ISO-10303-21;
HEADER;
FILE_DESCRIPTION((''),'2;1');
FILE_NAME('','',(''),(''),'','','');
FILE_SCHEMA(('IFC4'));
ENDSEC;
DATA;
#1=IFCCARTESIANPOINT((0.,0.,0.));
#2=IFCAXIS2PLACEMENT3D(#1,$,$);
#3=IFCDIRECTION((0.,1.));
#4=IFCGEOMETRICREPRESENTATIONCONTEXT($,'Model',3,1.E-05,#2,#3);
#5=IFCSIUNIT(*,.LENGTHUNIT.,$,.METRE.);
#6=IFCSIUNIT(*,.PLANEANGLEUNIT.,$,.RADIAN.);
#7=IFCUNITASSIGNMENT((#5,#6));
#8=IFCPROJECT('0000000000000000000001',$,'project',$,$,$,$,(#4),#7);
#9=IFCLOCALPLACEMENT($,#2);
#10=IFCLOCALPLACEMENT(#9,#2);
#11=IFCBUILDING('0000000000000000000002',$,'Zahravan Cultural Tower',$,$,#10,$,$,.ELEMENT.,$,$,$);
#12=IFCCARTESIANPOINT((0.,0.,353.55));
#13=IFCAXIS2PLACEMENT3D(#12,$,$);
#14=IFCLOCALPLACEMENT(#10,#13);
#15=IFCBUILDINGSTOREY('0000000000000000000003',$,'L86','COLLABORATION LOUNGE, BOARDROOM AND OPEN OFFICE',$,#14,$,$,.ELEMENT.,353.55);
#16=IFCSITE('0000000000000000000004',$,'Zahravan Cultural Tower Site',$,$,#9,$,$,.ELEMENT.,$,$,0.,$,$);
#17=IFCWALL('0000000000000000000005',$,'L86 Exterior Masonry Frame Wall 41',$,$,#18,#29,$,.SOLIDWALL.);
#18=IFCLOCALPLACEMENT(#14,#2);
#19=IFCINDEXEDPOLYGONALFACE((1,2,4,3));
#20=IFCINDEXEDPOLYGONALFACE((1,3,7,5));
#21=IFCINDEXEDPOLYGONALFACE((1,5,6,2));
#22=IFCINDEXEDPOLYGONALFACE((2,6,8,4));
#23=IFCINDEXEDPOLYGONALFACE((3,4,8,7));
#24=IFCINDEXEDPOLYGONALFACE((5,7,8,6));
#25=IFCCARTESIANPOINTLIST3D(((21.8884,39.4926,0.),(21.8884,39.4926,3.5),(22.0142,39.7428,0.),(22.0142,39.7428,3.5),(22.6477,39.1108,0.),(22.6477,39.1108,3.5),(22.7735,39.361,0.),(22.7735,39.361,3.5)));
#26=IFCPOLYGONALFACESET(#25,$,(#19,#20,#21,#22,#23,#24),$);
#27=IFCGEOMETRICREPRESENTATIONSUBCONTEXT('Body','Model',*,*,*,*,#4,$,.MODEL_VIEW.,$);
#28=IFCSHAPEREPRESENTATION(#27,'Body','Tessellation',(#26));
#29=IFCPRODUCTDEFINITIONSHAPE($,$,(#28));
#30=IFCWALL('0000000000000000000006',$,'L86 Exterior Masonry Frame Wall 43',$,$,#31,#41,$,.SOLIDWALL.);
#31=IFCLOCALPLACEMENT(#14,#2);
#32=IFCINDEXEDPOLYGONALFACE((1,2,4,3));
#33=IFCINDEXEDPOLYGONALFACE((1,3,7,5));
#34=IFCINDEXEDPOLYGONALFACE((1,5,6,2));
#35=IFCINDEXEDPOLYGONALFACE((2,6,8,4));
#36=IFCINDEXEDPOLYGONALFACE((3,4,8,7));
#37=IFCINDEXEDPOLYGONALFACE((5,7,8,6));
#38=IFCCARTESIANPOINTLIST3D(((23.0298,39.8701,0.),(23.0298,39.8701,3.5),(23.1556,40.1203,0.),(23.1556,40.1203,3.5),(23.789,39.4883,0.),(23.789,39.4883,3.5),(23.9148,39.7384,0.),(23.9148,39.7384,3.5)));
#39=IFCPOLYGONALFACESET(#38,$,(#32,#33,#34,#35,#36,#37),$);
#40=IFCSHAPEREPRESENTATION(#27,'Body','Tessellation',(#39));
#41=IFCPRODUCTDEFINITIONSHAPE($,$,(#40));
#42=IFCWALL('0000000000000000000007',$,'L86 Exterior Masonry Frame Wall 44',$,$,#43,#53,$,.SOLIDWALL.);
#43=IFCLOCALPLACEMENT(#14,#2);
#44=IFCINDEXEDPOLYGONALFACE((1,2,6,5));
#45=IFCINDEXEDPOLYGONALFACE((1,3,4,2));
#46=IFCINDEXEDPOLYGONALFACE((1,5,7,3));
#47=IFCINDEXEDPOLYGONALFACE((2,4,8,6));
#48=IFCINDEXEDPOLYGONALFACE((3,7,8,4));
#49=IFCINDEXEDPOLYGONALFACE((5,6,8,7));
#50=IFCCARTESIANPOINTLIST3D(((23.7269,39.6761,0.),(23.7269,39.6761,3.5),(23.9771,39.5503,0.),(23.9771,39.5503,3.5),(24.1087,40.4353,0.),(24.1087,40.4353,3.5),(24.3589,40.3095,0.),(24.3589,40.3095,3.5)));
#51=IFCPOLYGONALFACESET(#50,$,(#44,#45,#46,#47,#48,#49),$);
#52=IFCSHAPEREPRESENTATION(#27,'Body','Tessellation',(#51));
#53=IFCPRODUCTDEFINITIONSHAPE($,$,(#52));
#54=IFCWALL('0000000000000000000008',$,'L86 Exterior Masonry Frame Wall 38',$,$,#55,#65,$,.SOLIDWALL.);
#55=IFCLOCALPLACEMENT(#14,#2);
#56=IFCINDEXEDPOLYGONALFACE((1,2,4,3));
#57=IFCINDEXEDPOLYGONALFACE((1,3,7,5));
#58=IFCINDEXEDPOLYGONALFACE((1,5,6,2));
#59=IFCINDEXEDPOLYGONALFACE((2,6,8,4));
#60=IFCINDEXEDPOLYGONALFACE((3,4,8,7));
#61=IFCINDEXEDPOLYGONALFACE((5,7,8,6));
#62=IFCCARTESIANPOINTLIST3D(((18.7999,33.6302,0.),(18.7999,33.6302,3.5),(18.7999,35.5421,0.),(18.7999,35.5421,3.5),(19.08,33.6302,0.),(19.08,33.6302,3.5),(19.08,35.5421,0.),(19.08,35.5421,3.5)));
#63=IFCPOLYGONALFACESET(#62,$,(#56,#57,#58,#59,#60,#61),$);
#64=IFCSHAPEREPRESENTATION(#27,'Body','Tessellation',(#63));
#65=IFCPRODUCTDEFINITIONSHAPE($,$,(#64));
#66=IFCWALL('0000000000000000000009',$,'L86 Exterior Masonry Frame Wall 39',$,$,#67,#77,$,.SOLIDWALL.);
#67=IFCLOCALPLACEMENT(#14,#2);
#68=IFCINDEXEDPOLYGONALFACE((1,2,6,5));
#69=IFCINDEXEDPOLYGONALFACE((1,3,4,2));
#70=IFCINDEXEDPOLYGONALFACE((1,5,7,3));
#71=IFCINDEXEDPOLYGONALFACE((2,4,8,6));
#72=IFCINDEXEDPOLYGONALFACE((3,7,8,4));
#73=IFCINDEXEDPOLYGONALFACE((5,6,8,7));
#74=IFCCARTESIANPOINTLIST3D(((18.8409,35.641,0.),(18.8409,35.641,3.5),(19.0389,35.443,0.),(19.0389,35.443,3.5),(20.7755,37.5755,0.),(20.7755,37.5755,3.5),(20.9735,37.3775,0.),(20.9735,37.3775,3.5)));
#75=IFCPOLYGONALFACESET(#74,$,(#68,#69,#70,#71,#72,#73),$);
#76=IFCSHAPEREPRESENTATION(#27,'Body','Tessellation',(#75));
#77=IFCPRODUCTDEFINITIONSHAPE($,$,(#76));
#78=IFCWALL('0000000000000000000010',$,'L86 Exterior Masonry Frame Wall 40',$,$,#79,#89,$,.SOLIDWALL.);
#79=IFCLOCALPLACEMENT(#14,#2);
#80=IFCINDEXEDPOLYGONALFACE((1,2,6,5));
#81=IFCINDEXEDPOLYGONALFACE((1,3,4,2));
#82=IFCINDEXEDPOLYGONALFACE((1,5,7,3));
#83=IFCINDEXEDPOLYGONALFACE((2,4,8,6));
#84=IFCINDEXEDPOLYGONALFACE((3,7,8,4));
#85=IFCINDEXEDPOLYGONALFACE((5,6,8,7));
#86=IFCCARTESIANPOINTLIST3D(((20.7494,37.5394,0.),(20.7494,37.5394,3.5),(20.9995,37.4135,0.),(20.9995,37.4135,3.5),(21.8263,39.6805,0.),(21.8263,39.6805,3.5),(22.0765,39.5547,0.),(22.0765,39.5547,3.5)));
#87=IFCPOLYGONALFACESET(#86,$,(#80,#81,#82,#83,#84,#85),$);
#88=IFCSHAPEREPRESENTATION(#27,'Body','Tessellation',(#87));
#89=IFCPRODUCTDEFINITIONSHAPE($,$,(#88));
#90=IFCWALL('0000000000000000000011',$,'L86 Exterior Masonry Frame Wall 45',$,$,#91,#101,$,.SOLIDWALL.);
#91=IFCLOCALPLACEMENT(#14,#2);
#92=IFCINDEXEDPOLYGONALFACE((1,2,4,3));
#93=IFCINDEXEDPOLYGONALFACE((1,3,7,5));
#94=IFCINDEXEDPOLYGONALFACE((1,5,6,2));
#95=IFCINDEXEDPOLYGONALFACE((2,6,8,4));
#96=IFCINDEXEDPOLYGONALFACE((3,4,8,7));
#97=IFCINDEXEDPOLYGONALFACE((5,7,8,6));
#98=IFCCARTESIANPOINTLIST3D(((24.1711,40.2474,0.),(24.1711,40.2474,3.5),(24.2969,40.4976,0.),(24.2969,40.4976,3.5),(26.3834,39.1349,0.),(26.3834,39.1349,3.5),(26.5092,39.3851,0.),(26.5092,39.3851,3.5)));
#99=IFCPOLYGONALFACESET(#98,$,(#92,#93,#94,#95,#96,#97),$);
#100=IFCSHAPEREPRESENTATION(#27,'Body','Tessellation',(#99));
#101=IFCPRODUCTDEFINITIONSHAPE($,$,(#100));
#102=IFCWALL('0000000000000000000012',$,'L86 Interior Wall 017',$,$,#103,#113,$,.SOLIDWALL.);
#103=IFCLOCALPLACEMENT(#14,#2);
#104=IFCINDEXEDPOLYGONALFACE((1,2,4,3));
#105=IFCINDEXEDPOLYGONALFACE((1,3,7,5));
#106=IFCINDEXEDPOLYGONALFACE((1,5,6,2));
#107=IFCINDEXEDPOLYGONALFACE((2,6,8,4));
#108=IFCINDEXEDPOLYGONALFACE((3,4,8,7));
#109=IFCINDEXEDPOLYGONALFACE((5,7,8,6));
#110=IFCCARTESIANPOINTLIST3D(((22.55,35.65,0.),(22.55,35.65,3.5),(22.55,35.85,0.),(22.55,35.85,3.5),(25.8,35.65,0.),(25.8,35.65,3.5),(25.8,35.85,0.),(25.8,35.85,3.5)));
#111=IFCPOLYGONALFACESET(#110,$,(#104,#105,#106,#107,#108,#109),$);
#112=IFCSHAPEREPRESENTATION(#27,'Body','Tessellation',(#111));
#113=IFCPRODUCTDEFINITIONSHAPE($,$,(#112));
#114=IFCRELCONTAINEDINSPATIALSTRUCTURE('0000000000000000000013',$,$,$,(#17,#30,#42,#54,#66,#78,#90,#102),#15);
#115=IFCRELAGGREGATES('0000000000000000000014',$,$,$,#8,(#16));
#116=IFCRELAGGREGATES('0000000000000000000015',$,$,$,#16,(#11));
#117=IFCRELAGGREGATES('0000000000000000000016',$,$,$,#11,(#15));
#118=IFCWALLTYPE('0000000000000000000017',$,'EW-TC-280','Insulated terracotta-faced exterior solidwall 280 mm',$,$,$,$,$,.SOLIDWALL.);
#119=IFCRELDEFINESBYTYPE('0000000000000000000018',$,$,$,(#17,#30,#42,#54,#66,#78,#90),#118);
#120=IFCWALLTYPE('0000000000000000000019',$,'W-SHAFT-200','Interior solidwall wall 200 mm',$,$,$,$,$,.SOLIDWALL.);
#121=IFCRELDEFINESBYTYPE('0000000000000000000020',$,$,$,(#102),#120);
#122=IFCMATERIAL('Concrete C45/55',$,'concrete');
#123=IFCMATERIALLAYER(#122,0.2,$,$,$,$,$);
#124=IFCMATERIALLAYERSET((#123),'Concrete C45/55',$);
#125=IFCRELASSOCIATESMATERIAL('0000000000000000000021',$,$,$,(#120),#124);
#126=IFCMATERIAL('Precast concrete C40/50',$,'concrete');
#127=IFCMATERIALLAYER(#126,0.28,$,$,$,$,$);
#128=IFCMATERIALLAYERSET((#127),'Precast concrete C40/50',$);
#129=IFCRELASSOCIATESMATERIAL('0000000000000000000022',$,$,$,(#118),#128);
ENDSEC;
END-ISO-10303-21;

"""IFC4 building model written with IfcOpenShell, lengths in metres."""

from ifc_helpers import new_model, si_unit, direction, frame, frame_2d, origin, place, context, subcontext, project, spatial, rectangle, extrude, source, transform, mapped, material, layer, layer_set, type_object, element, save


model = new_model("IFC4")

# Units and contexts
model_context = context("Model", 3, precision=1e-05, world=origin(), true_north=direction((0.0, 1.0)))
body_context = subcontext(model_context, "Body", "Model", "MODEL_VIEW")
ifc_project = project(units=[si_unit("LENGTHUNIT", "METRE"), si_unit("PLANEANGLEUNIT", "RADIAN")], contexts=[model_context])

# Site, building, storey
site_placement = place(None, origin())
site = spatial("IfcSite", under=ifc_project, at=site_placement, Name="Zahravan Cultural Tower Site", CompositionType="ELEMENT", RefElevation=0.0)
building_placement = place(site_placement, origin())
building = spatial("IfcBuilding", under=site, at=building_placement, Name="Zahravan Cultural Tower", CompositionType="ELEMENT")
storey_placement = place(building_placement, frame((0.0, 0.0, 353.55)))
storey = spatial("IfcBuildingStorey", under=building, at=storey_placement, Name="L86", Description="COLLABORATION LOUNGE, BOARDROOM AND OPEN OFFICE", CompositionType="ELEMENT", Elevation=353.55)

# Shared definitions
ifc_material_1 = material(Name="Concrete C45/55", Category="concrete")
ifc_layer_1 = layer(ifc_material_1, 0.2)
ifc_layer_set_1 = layer_set([ifc_layer_1], Name="Concrete C45/55")
wall_type_1 = type_object("IfcWallType", Name="W-SHAFT-200", Description="Interior solidwall wall 200 mm", PredefinedType="SOLIDWALL", material=ifc_layer_set_1)

# Walls
ifc_material_2 = material(Name="Precast concrete C40/50", Category="concrete")
ifc_layer_2 = layer(ifc_material_2, 0.28)
ifc_layer_set_2 = layer_set([ifc_layer_2], Name="Precast concrete C40/50")
wall_type_2 = type_object("IfcWallType", Name="EW-TC-280", Description="Insulated terracotta-faced exterior solidwall 280 mm", PredefinedType="SOLIDWALL", material=ifc_layer_set_2)
shared_shape_1 = source(origin(), body_context, "Body", "SweptSolid", [
    extrude(rectangle(XDim=0.8499, YDim=0.28, at=frame_2d((0.4248, 0.0))), origin(), (0.0, 0.0, 1.0), 3.5),
])
for number, where, z_axis, x_axis, name in (
    (1, (21.9514, 39.6177, 0.0), (0.0, 0.0, 1.0), (0.893391, -0.449281, 0.0), "L86 Exterior Masonry Frame Wall 41"),
    (2, (23.0928, 39.9951, 0.0), (0.0, 0.0, 1.0), (0.893391, -0.449281, 0.0), "L86 Exterior Masonry Frame Wall 43"),
    (3, (23.8521, 39.6133, 0.0), (0.0, 0.0, 1.0), (0.449281, 0.893391, 0.0), "L86 Exterior Masonry Frame Wall 44"),
):
    element("IfcWall", number, at=place(storey_placement, frame(where, z_axis=z_axis, x_axis=x_axis)), inside=storey, type_object=wall_type_2, Name=name, PredefinedType="SOLIDWALL", context=body_context, shape_type="MappedRepresentation", body=[
        mapped(shared_shape_1, transform((0.0, 0.0, 0.0), x_axis=(1.0, 0.0, 0.0), y_axis=(0.0, 1.0, 0.0), z_axis=(0.0, 0.0, 1.0), scale=1.0)),
    ])
shared_shape_2 = source(origin(), body_context, "Body", "SweptSolid", [
    extrude(rectangle(XDim=1.9119, YDim=0.28, at=frame_2d((0.9561, 0.0))), origin(), (0.0, 0.0, 1.0), 3.5),
])
wall_1_placement = place(storey_placement, frame((18.9399, 33.6301, 0.0), z_axis=(0.0, 0.0, 1.0), x_axis=(0.0, 1.0, 0.0)))
element("IfcWall", 4, at=wall_1_placement, inside=storey, type_object=wall_type_2, Name="L86 Exterior Masonry Frame Wall 38", PredefinedType="SOLIDWALL", context=body_context, shape_type="MappedRepresentation", body=[
    mapped(shared_shape_2, transform((0.0, 0.0, 0.0), x_axis=(1.0, 0.0, 0.0), y_axis=(0.0, 1.0, 0.0), z_axis=(0.0, 0.0, 1.0), scale=1.0)),
])
shared_shape_3 = source(origin(), body_context, "Body", "SweptSolid", [
    extrude(rectangle(XDim=2.7358, YDim=0.28, at=frame_2d((1.3679, 0.0))), origin(), (0.0, 0.0, 1.0), 3.5),
])
wall_2_placement = place(storey_placement, frame((18.9399, 35.542, 0.0), z_axis=(0.0, 0.0, 1.0), x_axis=(0.707107, 0.707107, 0.0)))
element("IfcWall", 5, at=wall_2_placement, inside=storey, type_object=wall_type_2, Name="L86 Exterior Masonry Frame Wall 39", PredefinedType="SOLIDWALL", context=body_context, shape_type="MappedRepresentation", body=[
    mapped(shared_shape_3, transform((0.0, 0.0, 0.0), x_axis=(1.0, 0.0, 0.0), y_axis=(0.0, 1.0, 0.0), z_axis=(0.0, 0.0, 1.0), scale=1.0)),
])
shared_shape_4 = source(origin(), body_context, "Body", "SweptSolid", [
    extrude(rectangle(XDim=2.3967, YDim=0.28, at=frame_2d((1.1982, 0.0))), origin(), (0.0, 0.0, 1.0), 3.5),
])
wall_3_placement = place(storey_placement, frame((20.8745, 37.4766, 0.0), z_axis=(0.0, 0.0, 1.0), x_axis=(0.449331, 0.893365, 0.0)))
element("IfcWall", 6, at=wall_3_placement, inside=storey, type_object=wall_type_2, Name="L86 Exterior Masonry Frame Wall 40", PredefinedType="SOLIDWALL", context=body_context, shape_type="MappedRepresentation", body=[
    mapped(shared_shape_4, transform((0.0, 0.0, 0.0), x_axis=(1.0, 0.0, 0.0), y_axis=(0.0, 1.0, 0.0), z_axis=(0.0, 0.0, 1.0), scale=1.0)),
])
shared_shape_5 = source(origin(), body_context, "Body", "SweptSolid", [
    extrude(rectangle(XDim=2.4763, YDim=0.28, at=frame_2d((1.2383, 0.0))), origin(), (0.0, 0.0, 1.0), 3.5),
])
wall_4_placement = place(storey_placement, frame((24.2339, 40.3726, 0.0), z_axis=(0.0, 0.0, 1.0), x_axis=(0.8934, -0.449263, 0.0)))
element("IfcWall", 7, at=wall_4_placement, inside=storey, type_object=wall_type_2, Name="L86 Exterior Masonry Frame Wall 45", PredefinedType="SOLIDWALL", context=body_context, shape_type="MappedRepresentation", body=[
    mapped(shared_shape_5, transform((0.0, 0.0, 0.0), x_axis=(1.0, 0.0, 0.0), y_axis=(0.0, 1.0, 0.0), z_axis=(0.0, 0.0, 1.0), scale=1.0)),
])
shared_shape_6 = source(origin(), body_context, "Body", "SweptSolid", [
    extrude(rectangle(XDim=3.25, YDim=0.2, at=frame_2d((1.625, 0.0))), origin(), (0.0, 0.0, 1.0), 3.5),
])
wall_5_placement = place(storey_placement, frame((22.55, 35.75, 0.0), z_axis=(0.0, 0.0, 1.0), x_axis=(1.0, 0.0, 0.0)))
element("IfcWall", 8, at=wall_5_placement, inside=storey, type_object=wall_type_1, Name="L86 Interior Wall 017", PredefinedType="SOLIDWALL", context=body_context, shape_type="MappedRepresentation", body=[
    mapped(shared_shape_6, transform((0.0, 0.0, 0.0), x_axis=(1.0, 0.0, 0.0), y_axis=(0.0, 1.0, 0.0), z_axis=(0.0, 0.0, 1.0), scale=1.0)),
])

save(model, "model.ifc")
